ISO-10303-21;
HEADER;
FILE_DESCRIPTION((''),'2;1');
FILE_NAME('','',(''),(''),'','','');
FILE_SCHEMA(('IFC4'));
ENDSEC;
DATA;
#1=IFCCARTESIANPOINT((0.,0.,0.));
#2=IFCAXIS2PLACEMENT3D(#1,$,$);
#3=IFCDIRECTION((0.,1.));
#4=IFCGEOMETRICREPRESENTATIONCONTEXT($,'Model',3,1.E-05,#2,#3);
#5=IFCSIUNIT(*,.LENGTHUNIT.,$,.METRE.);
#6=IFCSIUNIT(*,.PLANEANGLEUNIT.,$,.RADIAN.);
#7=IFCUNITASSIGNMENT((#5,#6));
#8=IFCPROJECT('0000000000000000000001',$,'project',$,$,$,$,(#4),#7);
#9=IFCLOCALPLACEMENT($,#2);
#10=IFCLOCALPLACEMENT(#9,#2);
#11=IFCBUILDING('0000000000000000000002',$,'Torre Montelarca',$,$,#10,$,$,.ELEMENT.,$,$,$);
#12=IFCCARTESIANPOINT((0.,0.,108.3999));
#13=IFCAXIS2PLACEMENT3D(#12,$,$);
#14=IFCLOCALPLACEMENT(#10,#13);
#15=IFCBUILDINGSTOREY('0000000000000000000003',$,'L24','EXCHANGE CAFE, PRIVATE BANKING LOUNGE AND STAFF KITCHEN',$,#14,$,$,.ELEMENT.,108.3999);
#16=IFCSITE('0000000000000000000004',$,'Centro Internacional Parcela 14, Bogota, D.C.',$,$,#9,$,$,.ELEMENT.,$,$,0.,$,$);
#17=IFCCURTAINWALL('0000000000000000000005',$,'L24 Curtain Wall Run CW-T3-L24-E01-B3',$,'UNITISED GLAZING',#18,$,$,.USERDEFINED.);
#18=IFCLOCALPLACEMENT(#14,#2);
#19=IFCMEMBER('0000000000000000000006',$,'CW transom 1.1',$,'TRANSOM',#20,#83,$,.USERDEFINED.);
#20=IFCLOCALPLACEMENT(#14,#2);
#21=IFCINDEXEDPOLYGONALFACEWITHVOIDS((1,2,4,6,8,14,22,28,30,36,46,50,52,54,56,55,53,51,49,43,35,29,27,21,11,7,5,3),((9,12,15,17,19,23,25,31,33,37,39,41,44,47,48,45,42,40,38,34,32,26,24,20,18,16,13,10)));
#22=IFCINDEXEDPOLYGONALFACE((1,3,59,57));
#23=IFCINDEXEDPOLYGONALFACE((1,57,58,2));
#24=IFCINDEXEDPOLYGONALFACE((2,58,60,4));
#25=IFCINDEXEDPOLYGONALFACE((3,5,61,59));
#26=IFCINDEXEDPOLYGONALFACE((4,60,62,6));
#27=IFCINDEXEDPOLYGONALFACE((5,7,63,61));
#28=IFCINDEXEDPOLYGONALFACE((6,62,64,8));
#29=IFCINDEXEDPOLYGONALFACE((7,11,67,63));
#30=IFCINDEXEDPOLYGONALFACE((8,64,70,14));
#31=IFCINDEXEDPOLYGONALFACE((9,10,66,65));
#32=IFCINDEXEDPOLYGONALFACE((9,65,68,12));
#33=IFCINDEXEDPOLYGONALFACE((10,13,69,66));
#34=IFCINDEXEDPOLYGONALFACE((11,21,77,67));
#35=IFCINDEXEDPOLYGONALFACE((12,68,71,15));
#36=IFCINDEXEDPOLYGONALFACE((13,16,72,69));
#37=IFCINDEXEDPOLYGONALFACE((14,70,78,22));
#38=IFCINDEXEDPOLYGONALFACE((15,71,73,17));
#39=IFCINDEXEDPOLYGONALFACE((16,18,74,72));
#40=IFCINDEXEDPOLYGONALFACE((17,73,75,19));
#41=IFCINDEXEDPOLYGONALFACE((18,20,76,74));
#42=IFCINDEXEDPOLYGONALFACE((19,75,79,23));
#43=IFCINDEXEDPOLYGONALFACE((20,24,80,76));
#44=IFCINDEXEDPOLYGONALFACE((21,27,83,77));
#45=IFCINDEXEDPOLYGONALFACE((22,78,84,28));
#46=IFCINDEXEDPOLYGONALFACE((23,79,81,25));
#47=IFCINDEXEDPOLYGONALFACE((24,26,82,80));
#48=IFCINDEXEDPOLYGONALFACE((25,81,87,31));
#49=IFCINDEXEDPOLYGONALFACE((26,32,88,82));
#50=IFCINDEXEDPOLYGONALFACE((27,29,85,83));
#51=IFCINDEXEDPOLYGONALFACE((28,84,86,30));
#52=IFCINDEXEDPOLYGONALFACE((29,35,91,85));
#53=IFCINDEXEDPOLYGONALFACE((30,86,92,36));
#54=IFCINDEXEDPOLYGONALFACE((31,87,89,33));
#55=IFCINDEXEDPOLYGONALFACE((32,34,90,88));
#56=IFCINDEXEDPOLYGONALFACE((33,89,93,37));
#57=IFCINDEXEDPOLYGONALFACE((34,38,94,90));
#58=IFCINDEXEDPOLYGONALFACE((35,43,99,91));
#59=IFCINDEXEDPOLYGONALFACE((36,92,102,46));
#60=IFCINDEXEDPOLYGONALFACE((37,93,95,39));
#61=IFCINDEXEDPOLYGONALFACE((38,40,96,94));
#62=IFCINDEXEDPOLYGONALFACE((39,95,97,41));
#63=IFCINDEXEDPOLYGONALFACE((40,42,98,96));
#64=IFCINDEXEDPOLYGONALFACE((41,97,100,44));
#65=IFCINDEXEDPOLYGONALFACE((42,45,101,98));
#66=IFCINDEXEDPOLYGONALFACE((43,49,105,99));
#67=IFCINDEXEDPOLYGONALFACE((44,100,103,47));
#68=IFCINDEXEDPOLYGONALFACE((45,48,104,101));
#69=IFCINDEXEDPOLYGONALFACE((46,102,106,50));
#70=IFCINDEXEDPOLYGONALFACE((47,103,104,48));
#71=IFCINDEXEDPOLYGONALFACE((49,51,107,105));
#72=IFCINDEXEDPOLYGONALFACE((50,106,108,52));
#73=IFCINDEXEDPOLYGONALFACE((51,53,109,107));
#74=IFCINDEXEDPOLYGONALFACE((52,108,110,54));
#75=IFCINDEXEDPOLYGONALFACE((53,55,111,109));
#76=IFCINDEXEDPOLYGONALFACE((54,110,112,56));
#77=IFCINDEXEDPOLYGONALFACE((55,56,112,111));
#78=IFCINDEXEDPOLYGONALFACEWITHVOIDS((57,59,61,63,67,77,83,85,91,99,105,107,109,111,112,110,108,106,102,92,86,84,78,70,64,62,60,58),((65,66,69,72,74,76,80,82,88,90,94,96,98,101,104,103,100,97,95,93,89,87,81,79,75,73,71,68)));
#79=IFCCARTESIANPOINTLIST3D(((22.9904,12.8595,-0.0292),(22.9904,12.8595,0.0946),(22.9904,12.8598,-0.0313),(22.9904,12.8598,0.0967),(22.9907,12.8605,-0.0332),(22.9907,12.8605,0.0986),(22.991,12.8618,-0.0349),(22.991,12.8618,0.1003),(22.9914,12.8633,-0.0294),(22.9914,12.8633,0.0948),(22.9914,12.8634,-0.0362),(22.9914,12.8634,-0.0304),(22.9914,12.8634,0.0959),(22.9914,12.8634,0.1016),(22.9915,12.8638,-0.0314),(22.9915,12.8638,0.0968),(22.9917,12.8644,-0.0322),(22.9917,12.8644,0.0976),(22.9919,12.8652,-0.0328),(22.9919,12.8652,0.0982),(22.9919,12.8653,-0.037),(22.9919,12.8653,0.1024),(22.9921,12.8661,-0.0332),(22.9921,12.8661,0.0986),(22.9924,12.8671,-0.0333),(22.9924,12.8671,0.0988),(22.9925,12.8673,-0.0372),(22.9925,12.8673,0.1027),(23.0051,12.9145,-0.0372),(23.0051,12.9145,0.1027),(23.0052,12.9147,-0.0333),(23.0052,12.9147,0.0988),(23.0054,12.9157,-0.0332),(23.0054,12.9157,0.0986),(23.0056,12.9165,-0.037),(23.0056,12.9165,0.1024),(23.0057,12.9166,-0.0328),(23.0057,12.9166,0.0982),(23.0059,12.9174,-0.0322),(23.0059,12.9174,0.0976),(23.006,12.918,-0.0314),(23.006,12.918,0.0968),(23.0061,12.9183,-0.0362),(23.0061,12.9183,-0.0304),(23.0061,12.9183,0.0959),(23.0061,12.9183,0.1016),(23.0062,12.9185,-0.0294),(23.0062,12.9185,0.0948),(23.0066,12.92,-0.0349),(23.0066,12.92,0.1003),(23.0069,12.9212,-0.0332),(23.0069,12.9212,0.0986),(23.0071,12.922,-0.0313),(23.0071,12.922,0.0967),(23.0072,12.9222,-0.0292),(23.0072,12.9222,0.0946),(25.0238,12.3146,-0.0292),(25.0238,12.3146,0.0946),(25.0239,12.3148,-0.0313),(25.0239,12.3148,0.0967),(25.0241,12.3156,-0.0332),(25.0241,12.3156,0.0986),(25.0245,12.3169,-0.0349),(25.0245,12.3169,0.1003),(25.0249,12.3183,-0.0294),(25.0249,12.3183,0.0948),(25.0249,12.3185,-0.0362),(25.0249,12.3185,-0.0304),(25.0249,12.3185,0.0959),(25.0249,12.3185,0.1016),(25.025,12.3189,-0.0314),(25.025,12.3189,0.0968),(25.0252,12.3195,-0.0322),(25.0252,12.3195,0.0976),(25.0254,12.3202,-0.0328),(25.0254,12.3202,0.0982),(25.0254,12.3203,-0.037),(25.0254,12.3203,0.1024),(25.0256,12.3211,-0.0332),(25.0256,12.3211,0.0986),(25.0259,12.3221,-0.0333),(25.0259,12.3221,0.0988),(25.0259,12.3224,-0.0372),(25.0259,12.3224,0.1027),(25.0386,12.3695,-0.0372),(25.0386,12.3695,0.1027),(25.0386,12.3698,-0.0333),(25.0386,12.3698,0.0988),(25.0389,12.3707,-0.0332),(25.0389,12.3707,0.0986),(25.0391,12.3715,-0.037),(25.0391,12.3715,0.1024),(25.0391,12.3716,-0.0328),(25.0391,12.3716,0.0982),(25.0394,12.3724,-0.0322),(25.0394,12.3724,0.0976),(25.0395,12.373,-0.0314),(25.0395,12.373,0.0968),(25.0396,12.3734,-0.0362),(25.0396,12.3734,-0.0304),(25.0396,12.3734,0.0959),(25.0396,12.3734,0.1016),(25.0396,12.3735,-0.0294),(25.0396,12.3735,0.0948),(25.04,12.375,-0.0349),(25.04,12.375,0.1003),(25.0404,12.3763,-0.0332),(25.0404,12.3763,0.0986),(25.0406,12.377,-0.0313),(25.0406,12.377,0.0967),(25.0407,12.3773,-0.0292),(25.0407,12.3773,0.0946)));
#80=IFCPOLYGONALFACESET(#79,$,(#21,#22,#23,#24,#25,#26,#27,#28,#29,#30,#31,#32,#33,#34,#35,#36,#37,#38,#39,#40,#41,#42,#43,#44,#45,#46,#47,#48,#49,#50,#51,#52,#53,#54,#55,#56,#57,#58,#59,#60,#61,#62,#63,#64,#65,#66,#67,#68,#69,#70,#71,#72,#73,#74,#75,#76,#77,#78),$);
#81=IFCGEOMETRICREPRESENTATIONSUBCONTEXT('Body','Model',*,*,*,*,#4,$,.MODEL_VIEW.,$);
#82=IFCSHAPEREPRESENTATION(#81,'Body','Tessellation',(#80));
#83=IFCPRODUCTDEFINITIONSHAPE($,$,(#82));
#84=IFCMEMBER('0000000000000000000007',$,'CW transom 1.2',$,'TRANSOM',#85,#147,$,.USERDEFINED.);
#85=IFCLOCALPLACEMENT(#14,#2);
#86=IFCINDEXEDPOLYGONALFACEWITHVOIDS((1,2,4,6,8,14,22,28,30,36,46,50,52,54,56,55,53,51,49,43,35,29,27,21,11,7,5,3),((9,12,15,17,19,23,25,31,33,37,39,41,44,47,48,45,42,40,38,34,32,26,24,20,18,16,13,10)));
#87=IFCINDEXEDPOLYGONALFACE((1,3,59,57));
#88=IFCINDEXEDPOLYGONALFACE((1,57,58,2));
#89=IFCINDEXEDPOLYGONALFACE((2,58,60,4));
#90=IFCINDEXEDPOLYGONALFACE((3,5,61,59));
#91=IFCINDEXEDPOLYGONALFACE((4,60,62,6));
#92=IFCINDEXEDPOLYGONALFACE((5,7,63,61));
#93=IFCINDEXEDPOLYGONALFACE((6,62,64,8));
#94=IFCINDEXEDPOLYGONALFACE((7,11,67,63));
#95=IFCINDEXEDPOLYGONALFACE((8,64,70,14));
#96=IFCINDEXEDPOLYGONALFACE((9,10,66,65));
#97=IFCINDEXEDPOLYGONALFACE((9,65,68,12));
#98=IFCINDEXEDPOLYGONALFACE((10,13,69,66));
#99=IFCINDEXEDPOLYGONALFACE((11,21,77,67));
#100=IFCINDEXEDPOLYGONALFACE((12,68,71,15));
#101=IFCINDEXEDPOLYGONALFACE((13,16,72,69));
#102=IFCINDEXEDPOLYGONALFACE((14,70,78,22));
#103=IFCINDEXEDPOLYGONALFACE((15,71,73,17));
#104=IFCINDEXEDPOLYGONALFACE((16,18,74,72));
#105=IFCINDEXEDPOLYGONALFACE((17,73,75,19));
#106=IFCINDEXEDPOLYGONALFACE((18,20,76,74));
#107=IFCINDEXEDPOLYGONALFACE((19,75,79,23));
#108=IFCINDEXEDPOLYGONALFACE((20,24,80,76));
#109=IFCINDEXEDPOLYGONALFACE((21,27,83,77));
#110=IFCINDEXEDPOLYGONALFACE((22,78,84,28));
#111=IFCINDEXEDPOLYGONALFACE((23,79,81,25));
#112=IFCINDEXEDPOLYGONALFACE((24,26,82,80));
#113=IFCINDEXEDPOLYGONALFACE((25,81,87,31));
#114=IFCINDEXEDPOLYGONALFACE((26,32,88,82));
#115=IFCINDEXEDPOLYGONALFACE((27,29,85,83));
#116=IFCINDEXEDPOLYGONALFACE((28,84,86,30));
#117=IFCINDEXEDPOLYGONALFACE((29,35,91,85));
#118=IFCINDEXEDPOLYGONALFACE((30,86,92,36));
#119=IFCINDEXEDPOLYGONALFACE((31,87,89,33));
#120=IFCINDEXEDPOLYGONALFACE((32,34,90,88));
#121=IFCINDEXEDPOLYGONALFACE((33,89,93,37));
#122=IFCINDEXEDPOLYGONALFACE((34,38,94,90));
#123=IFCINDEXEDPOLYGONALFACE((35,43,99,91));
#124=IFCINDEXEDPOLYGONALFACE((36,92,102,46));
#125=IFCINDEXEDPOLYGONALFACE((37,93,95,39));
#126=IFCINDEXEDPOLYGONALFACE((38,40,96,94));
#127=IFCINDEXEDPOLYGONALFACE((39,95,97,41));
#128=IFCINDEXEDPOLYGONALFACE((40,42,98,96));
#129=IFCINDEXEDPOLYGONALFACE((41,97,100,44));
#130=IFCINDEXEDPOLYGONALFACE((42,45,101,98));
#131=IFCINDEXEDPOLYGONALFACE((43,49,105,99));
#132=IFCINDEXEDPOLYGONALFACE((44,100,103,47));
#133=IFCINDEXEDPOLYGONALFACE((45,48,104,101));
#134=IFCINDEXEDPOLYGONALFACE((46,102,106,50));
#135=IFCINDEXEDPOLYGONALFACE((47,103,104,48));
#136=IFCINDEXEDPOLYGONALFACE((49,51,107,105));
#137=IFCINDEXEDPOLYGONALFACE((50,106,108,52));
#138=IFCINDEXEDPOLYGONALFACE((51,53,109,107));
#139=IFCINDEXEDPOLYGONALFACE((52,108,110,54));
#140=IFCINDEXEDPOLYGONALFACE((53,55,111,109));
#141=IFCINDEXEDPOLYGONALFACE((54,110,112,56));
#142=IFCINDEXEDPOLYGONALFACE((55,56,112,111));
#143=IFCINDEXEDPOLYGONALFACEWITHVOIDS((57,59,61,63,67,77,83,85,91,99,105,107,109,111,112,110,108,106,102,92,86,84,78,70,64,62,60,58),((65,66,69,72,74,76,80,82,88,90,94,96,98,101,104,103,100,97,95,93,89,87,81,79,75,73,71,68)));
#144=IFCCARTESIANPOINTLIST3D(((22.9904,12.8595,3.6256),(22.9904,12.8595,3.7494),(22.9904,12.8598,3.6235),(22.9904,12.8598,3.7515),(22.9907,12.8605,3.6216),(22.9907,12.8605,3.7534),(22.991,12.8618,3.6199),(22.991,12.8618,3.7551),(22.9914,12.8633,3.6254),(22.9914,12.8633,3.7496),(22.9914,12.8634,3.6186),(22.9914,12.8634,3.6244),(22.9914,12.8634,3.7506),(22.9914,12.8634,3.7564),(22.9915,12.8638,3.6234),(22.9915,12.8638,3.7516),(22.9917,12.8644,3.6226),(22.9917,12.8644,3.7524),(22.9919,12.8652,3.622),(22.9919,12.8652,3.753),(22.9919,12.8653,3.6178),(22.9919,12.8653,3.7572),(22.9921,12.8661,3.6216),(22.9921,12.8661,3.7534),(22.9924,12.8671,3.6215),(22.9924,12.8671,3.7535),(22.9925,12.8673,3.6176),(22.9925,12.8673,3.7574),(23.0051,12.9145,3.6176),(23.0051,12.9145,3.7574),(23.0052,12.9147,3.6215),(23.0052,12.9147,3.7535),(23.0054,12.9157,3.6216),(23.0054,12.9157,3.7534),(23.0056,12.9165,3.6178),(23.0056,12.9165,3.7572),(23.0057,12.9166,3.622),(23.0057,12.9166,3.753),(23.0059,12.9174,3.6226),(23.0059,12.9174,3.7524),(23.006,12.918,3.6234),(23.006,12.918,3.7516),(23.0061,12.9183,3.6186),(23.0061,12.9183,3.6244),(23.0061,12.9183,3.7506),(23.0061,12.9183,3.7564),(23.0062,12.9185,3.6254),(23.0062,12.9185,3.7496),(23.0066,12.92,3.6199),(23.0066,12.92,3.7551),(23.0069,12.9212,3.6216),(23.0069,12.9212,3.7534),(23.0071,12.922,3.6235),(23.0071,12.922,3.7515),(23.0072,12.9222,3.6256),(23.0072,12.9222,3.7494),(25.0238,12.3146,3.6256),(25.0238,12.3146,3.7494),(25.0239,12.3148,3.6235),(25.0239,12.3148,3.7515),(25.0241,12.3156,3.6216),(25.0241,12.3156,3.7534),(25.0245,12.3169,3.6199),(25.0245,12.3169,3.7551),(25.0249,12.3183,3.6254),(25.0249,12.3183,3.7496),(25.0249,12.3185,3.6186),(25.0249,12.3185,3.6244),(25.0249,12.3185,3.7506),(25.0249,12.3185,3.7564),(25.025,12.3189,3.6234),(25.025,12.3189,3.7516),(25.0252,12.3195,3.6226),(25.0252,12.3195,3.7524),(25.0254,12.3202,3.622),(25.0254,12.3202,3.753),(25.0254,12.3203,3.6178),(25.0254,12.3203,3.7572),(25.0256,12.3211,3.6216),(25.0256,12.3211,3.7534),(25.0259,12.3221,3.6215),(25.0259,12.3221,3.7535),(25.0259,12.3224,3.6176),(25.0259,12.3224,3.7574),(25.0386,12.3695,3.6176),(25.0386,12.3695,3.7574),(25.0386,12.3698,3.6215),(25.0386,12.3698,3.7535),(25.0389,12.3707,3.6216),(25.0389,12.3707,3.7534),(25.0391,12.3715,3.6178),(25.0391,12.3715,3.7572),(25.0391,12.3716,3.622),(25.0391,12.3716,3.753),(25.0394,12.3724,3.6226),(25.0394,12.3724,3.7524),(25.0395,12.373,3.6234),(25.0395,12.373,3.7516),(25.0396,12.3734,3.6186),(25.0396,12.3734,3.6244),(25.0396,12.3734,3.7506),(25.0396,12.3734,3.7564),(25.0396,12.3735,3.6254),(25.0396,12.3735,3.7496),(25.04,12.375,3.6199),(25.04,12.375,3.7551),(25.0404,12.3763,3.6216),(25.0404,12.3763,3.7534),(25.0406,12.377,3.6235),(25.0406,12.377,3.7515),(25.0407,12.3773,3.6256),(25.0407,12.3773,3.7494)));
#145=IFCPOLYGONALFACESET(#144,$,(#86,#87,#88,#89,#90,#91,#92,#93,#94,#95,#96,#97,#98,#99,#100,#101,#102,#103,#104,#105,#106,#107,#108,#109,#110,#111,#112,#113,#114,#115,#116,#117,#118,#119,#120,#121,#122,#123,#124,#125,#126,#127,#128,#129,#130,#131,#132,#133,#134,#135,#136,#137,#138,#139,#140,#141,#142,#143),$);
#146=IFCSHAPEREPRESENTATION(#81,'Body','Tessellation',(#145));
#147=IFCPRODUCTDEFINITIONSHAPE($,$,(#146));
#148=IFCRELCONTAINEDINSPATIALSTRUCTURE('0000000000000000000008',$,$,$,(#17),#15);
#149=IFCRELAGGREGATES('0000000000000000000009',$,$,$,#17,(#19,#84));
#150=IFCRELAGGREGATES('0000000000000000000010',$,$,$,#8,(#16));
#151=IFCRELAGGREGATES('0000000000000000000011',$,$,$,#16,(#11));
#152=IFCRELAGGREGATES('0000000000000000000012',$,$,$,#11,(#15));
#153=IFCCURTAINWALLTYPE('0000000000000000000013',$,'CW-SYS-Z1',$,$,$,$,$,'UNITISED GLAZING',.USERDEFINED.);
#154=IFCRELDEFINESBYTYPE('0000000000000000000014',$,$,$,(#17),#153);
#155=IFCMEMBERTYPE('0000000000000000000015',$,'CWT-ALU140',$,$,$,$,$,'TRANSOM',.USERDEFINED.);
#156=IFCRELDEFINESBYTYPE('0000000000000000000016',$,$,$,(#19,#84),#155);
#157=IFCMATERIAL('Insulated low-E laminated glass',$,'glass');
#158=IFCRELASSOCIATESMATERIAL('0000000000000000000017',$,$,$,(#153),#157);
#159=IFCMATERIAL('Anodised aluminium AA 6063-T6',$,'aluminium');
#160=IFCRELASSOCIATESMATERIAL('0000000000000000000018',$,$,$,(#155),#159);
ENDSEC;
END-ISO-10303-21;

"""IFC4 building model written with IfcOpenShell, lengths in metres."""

from ifc_helpers import new_model, si_unit, direction, frame, origin, origin_2d, place, context, subcontext, project, spatial, hollow_rectangle, extrude, source, transform, mapped, material, material_profile, profile_set, type_object, element, aggregate, save


model = new_model("IFC4")

# Units and contexts
model_context = context("Model", 3, precision=1e-05, world=origin(), true_north=direction((0.0, 1.0)))
body_context = subcontext(model_context, "Body", "Model", "MODEL_VIEW")
ifc_project = project(units=[si_unit("LENGTHUNIT", "METRE"), si_unit("PLANEANGLEUNIT", "RADIAN")], contexts=[model_context])

# Site, building, storey
site_placement = place(None, origin())
site = spatial("IfcSite", under=ifc_project, at=site_placement, Name="Centro Internacional Parcela 14, Bogota, D.C.", CompositionType="ELEMENT", RefElevation=0.0)
building_placement = place(site_placement, origin())
building = spatial("IfcBuilding", under=site, at=building_placement, Name="Torre Montelarca", CompositionType="ELEMENT")
storey_placement = place(building_placement, frame((0.0, 0.0, 108.3999)))
storey = spatial("IfcBuildingStorey", under=building, at=storey_placement, Name="L24", Description="EXCHANGE CAFE, PRIVATE BANKING LOUNGE AND STAFF KITCHEN", CompositionType="ELEMENT", Elevation=108.3999)

# Curtain wall, members
ifc_material_1 = material(Name="Insulated low-E laminated glass", Category="glass")
curtain_wall_type = type_object("IfcCurtainWallType", Name="CW-SYS-Z1", ElementType="UNITISED GLAZING", PredefinedType="USERDEFINED", material=ifc_material_1)
ifc_material_2 = material(Name="Anodised aluminium AA 6063-T6", Category="aluminium")
ifc_material_profile_1 = material_profile(ifc_material_2, hollow_rectangle(XDim=0.0649, YDim=0.1399, WallThickness=0.0039, InnerFilletRadius=0.0039, OuterFilletRadius=0.0081, at=origin_2d()), Name="ALU65X140X4", Category="aluminium")
ifc_profile_set_1 = profile_set([ifc_material_profile_1], Name="Anodised aluminium AA 6063-T6")
member_type_1 = type_object("IfcMemberType", Name="CWT-ALU140", ElementType="TRANSOM", PredefinedType="USERDEFINED", material=ifc_profile_set_1)
curtain_wall_1_placement = place(storey_placement, origin())
curtain_wall_1 = element("IfcCurtainWall", 1, at=curtain_wall_1_placement, inside=storey, type_object=curtain_wall_type, Name="L24 Curtain Wall Run CW-T3-L24-E01-B3", ObjectType="UNITISED GLAZING", PredefinedType="USERDEFINED")
shared_shape_1 = source(origin(), body_context, "Body", "SweptSolid", [
    extrude(hollow_rectangle(XDim=0.0649, YDim=0.1399, WallThickness=0.0039, InnerFilletRadius=0.0039, OuterFilletRadius=0.0081, at=origin_2d()), origin(), (0.0, 0.0, 1.0), 2.1052),
])
member_1_placement = place(storey_placement, frame((22.9988, 12.8909, 0.0327), z_axis=(0.965919, -0.258846, 0.0), x_axis=(0.258846, 0.965919, 0.0)))
member_1 = element("IfcMember", 2, at=member_1_placement, type_object=member_type_1, Name="CW transom 1.1", ObjectType="TRANSOM", PredefinedType="USERDEFINED", context=body_context, shape_type="MappedRepresentation", body=[
    mapped(shared_shape_1, transform((0.0, 0.0, 0.0), scale=1.0)),
])
member_2_placement = place(storey_placement, frame((22.9988, 12.8909, 3.6875), z_axis=(0.965919, -0.258846, 0.0), x_axis=(0.258846, 0.965919, 0.0)))
member_2 = element("IfcMember", 3, at=member_2_placement, type_object=member_type_1, Name="CW transom 1.2", ObjectType="TRANSOM", PredefinedType="USERDEFINED", context=body_context, shape_type="MappedRepresentation", body=[
    mapped(shared_shape_1, transform((0.0, 0.0, 0.0), scale=1.0)),
])

aggregate(curtain_wall_1, [member_1, member_2])

save(model, "model.ifc")
